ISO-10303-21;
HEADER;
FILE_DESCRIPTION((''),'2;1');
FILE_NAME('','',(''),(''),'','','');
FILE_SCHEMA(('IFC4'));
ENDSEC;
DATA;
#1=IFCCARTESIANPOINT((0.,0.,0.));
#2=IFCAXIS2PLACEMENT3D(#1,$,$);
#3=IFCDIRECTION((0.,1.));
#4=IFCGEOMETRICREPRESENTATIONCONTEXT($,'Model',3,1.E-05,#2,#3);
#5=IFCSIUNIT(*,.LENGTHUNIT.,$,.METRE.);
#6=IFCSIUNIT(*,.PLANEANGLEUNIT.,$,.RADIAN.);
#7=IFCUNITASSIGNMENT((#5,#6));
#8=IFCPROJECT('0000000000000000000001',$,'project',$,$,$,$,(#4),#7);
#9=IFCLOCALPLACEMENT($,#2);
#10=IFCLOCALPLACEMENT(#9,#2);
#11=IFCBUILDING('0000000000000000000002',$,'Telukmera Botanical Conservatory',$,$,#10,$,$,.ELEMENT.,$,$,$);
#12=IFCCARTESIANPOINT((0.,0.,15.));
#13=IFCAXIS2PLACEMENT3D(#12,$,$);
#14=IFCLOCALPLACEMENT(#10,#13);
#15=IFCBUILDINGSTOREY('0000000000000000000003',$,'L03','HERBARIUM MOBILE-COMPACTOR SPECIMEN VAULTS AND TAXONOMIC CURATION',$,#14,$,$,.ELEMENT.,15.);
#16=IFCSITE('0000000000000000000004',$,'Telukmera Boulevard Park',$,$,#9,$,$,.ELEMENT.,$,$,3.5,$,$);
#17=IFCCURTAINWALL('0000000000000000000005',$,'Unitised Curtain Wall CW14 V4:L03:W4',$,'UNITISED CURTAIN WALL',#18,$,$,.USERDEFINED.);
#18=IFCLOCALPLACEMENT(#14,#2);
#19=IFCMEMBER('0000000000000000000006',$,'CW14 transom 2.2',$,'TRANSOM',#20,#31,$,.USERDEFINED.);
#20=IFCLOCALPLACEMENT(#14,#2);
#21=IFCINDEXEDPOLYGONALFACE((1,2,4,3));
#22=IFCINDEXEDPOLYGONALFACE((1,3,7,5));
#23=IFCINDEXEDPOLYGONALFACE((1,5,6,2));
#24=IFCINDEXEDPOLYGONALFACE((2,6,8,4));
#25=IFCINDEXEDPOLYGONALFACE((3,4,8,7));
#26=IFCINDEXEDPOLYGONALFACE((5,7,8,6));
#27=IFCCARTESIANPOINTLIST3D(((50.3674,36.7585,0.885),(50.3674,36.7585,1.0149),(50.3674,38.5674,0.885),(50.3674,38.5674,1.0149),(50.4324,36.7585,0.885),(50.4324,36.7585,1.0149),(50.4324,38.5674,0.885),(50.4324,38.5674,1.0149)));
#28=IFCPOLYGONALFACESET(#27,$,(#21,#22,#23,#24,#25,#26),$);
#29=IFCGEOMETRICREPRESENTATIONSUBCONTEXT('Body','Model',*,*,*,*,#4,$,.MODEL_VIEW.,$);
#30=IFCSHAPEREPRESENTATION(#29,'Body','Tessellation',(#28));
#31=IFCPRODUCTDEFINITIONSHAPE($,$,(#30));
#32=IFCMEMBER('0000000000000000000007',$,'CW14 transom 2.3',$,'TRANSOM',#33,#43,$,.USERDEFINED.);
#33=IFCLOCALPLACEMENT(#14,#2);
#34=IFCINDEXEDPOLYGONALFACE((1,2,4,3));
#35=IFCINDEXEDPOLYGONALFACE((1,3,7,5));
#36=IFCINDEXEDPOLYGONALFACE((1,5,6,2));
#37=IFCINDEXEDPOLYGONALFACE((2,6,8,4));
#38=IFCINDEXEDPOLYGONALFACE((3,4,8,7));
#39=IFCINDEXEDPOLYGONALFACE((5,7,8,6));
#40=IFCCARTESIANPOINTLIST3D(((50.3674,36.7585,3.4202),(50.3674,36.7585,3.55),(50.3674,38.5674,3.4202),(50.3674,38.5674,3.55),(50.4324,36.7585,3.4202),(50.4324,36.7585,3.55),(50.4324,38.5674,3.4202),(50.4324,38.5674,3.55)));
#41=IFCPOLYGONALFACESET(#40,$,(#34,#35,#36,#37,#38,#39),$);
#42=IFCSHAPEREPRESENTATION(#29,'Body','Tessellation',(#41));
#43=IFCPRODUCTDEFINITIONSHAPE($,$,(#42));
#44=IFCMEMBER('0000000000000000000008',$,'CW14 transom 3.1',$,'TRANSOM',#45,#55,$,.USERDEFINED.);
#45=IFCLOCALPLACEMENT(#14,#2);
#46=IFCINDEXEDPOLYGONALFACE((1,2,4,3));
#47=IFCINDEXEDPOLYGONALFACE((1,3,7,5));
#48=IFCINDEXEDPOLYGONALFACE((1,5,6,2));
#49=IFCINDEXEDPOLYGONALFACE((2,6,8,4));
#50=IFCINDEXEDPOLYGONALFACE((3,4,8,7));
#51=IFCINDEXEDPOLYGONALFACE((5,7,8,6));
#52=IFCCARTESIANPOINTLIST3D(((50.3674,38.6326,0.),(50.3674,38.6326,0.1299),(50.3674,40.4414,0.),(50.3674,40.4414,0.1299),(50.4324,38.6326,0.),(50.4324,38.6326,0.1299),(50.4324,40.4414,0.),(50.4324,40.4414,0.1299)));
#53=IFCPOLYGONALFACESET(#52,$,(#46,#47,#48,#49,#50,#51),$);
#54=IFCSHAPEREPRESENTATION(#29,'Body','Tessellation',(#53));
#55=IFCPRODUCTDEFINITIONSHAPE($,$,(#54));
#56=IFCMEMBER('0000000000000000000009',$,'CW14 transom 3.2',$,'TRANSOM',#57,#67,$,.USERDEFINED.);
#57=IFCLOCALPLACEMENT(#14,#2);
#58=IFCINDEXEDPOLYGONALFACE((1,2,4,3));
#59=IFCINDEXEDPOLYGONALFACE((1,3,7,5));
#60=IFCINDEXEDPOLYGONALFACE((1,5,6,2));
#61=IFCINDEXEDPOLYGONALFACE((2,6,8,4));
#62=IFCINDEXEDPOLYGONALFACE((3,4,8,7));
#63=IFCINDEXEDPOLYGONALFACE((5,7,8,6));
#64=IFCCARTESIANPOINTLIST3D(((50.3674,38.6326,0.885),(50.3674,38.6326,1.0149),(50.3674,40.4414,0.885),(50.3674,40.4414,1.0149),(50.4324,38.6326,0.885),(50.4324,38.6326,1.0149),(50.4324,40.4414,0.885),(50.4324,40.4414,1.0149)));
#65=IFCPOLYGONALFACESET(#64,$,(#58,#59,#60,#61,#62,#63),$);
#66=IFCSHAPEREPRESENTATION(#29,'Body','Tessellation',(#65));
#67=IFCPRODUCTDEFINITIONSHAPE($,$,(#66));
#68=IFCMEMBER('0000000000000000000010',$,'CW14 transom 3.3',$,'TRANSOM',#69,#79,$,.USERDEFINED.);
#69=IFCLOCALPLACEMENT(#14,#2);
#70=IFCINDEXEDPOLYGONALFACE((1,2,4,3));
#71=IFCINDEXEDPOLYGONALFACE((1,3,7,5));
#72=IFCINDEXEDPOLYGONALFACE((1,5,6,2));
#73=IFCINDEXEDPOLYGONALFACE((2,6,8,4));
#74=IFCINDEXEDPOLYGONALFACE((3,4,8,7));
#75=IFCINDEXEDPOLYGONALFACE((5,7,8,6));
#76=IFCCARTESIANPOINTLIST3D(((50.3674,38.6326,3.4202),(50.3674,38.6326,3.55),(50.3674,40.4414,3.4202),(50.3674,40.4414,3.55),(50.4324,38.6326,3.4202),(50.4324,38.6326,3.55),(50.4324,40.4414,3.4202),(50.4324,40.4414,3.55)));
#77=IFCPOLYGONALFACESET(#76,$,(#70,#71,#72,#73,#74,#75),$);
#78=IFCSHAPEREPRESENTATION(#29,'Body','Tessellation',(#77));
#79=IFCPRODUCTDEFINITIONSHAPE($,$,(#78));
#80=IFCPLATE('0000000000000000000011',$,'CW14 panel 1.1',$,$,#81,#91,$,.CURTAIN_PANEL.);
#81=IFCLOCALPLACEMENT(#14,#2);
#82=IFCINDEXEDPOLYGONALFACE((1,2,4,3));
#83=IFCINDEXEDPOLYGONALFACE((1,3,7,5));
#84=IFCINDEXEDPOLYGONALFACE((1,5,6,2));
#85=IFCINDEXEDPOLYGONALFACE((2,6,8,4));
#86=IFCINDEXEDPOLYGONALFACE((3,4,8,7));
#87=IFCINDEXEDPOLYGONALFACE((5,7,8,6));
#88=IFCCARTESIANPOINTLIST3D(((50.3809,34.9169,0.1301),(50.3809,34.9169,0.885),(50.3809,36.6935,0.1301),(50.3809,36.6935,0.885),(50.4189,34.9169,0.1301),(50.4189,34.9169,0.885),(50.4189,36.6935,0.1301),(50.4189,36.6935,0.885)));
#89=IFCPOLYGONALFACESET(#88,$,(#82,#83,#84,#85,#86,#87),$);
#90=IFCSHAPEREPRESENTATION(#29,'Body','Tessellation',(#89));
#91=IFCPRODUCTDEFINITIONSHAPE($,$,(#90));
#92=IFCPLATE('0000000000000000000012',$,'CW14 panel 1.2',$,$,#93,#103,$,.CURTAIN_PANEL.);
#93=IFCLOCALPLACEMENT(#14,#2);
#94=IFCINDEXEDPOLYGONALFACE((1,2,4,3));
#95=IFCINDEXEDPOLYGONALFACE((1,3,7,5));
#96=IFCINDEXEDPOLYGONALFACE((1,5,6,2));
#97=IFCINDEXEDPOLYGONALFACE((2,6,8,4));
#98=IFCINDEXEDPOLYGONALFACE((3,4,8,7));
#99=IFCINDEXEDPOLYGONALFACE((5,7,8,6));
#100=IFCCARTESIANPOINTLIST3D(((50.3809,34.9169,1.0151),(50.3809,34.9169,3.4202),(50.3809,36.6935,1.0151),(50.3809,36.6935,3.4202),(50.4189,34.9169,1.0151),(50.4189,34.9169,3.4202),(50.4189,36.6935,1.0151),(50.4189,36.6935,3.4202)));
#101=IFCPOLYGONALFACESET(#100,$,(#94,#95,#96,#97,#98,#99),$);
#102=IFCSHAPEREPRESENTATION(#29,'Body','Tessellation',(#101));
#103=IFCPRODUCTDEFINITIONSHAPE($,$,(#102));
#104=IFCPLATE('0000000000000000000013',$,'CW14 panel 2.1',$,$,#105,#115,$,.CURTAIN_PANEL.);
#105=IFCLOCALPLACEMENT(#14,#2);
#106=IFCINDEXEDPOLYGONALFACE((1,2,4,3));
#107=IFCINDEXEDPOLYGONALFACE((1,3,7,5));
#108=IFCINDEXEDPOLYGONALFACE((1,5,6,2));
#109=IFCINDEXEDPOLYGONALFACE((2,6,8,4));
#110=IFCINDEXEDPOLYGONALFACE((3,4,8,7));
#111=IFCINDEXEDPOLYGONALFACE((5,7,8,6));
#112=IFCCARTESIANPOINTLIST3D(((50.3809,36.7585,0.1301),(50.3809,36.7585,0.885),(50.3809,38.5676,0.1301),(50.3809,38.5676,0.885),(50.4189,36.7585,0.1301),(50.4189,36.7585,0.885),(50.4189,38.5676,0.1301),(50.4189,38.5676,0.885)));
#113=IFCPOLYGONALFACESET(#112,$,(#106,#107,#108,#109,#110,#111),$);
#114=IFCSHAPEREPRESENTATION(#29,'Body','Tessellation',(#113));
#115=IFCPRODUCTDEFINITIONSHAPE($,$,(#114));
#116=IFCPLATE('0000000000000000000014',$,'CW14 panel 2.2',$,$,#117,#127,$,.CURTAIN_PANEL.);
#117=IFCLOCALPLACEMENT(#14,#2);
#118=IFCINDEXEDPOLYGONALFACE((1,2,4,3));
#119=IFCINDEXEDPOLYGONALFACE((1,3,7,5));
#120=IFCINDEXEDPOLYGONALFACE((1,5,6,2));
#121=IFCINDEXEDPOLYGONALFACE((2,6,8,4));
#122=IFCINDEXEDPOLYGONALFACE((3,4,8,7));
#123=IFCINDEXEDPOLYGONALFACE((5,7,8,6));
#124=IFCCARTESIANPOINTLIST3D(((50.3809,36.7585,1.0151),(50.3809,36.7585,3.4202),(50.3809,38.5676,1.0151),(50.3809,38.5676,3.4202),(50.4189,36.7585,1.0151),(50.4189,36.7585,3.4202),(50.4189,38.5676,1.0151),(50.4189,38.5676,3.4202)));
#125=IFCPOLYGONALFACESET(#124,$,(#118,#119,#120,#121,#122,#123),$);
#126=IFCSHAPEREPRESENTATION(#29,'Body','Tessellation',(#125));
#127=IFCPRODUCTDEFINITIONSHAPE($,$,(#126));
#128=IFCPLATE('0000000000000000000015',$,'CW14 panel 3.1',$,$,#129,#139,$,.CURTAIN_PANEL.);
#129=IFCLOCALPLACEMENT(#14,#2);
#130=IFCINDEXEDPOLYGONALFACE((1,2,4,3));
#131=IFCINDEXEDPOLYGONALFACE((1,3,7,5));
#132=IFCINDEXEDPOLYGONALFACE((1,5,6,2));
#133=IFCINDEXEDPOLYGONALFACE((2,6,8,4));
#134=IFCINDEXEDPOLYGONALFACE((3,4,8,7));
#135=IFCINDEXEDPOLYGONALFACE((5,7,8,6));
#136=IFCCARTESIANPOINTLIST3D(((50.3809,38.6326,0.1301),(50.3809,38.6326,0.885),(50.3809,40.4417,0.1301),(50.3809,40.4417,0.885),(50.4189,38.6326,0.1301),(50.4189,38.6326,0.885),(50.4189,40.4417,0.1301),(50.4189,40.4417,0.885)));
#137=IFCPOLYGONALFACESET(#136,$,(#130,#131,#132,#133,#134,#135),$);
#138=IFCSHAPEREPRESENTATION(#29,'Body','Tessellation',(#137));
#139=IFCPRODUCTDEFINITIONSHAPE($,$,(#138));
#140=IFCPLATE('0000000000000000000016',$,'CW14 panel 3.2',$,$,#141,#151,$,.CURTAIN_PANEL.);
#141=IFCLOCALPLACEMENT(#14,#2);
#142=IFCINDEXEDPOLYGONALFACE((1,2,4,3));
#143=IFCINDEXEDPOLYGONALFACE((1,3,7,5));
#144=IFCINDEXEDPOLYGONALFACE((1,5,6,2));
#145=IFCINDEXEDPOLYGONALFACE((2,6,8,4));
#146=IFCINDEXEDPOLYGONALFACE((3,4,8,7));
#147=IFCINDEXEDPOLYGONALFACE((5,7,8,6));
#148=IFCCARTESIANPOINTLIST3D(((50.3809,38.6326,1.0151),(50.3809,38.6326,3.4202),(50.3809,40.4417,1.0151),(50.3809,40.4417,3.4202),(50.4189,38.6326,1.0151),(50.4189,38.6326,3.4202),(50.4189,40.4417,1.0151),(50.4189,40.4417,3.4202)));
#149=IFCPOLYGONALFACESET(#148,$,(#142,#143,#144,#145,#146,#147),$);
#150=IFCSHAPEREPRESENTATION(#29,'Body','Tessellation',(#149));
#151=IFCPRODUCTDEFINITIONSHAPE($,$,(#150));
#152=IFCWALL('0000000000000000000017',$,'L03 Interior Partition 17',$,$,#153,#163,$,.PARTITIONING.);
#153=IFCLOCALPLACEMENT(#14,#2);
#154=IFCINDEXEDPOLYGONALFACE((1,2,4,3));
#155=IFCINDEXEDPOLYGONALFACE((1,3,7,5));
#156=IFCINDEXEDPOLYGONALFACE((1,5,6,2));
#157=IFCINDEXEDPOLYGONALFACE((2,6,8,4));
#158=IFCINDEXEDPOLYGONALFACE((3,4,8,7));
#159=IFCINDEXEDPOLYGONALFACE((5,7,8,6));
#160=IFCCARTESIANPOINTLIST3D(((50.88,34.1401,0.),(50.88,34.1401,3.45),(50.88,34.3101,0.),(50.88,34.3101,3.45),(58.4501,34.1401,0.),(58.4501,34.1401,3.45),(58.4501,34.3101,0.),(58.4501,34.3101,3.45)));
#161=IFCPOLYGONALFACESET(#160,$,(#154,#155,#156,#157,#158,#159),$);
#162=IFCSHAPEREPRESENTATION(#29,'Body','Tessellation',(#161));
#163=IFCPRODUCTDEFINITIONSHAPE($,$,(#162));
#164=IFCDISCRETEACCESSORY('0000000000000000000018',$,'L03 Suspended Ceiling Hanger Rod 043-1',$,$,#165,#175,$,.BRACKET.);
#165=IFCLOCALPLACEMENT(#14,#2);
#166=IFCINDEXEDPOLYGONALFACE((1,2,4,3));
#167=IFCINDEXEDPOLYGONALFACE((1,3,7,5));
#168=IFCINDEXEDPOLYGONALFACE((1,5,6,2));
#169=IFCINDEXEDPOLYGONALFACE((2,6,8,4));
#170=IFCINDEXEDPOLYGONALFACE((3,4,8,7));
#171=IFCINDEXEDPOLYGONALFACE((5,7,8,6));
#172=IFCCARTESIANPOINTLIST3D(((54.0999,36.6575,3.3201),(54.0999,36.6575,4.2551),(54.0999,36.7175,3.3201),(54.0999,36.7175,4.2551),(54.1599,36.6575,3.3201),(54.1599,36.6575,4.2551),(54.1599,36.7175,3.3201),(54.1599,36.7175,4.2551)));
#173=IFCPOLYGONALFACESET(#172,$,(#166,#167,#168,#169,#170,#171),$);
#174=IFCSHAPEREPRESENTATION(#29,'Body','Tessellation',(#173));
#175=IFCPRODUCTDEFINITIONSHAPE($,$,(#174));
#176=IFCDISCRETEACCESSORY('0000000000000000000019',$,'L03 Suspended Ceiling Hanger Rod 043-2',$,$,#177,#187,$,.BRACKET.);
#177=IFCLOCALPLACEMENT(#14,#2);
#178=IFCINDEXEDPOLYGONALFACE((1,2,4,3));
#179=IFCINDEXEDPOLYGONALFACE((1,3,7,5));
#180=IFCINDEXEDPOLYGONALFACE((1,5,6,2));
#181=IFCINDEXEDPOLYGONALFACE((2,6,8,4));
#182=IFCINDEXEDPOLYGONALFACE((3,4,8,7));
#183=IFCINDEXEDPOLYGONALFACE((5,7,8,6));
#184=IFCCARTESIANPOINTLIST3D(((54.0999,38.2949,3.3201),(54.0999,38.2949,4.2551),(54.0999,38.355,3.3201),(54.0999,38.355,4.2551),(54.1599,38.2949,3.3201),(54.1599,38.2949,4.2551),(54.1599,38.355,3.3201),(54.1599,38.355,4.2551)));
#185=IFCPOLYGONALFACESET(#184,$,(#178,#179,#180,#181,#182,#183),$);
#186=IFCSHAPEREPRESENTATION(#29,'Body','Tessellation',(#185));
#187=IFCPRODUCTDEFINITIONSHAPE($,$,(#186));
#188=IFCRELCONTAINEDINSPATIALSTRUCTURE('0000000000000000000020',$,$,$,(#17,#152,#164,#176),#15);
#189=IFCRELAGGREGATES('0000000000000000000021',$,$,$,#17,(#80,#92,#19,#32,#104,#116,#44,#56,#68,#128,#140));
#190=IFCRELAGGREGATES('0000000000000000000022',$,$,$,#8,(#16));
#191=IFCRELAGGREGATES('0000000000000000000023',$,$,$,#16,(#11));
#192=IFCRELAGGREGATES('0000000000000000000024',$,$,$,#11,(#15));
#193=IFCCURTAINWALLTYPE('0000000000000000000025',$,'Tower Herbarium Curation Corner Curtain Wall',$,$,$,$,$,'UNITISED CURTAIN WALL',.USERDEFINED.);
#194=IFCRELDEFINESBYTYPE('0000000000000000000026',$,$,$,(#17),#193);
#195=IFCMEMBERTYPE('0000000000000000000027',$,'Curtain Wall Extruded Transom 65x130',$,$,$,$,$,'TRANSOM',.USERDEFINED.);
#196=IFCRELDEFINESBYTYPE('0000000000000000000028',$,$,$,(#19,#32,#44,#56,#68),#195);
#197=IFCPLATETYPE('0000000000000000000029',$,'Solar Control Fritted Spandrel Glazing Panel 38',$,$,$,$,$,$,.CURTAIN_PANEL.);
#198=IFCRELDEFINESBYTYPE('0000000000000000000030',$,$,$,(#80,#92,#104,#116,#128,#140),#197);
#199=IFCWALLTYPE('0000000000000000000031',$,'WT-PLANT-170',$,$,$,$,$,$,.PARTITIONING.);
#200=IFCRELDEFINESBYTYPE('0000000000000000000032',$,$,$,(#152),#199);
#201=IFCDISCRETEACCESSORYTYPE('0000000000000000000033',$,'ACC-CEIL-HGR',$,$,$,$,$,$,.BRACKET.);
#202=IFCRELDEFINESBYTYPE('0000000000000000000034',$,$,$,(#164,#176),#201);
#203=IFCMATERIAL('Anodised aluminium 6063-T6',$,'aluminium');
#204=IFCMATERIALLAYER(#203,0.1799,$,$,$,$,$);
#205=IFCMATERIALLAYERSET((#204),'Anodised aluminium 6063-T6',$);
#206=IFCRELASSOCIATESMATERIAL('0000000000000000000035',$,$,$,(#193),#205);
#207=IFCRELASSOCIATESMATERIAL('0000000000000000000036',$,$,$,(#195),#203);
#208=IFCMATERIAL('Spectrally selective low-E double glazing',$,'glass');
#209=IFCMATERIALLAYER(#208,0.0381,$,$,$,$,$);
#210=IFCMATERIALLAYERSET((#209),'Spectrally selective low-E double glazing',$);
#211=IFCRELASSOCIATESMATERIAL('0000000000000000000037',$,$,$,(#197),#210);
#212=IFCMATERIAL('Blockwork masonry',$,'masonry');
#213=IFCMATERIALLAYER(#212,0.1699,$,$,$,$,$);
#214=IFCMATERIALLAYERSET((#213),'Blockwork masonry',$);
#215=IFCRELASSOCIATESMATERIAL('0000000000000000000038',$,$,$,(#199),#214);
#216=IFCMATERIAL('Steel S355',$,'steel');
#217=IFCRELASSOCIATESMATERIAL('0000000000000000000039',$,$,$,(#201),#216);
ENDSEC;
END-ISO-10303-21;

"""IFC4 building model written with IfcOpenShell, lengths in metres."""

from ifc_helpers import new_model, si_unit, direction, frame, frame_2d, origin, origin_2d, place, context, subcontext, project, spatial, rectangle, extrude, material, layer, layer_set, material_profile, profile_set, type_object, element, aggregate, save


model = new_model("IFC4")

# Units and contexts
model_context = context("Model", 3, precision=1e-05, world=origin(), true_north=direction((0.0, 1.0)))
body_context = subcontext(model_context, "Body", "Model", "MODEL_VIEW")
ifc_project = project(units=[si_unit("LENGTHUNIT", "METRE"), si_unit("PLANEANGLEUNIT", "RADIAN")], contexts=[model_context])

# Site, building, storey
site_placement = place(None, origin())
site = spatial("IfcSite", under=ifc_project, at=site_placement, Name="Telukmera Boulevard Park", CompositionType="ELEMENT", RefElevation=3.5)
building_placement = place(site_placement, origin())
building = spatial("IfcBuilding", under=site, at=building_placement, Name="Telukmera Botanical Conservatory", CompositionType="ELEMENT")
storey_placement = place(building_placement, frame((0.0, 0.0, 15.0)))
storey = spatial("IfcBuildingStorey", under=building, at=storey_placement, Name="L03", Description="HERBARIUM MOBILE-COMPACTOR SPECIMEN VAULTS AND TAXONOMIC CURATION", CompositionType="ELEMENT", Elevation=15.0)

# Curtain wall, members, plates
ifc_material_1 = material(Name="Anodised aluminium 6063-T6", Category="aluminium")
ifc_layer_1 = layer(ifc_material_1, 0.1799)
ifc_layer_set_1 = layer_set([ifc_layer_1], Name="Anodised aluminium 6063-T6")
curtain_wall_type = type_object("IfcCurtainWallType", Name="Tower Herbarium Curation Corner Curtain Wall", ElementType="UNITISED CURTAIN WALL", PredefinedType="USERDEFINED", material=ifc_layer_set_1)
curtain_wall_placement = place(storey_placement, origin())
curtain_wall = element("IfcCurtainWall", 1, at=curtain_wall_placement, inside=storey, type_object=curtain_wall_type, Name="Unitised Curtain Wall CW14 V4:L03:W4", ObjectType="UNITISED CURTAIN WALL", PredefinedType="USERDEFINED")
ifc_material_profile_1 = material_profile(ifc_material_1, rectangle(XDim=0.0649, YDim=0.1299, at=origin_2d()), Name="ALU TRAN 65x130")
ifc_profile_set_1 = profile_set([ifc_material_profile_1], Name="Anodised aluminium 6063-T6")
member_type_1 = type_object("IfcMemberType", Name="Curtain Wall Extruded Transom 65x130", ElementType="TRANSOM", PredefinedType="USERDEFINED", material=ifc_profile_set_1)
member_1_placement = place(storey_placement, frame((50.3999, 36.7585, 0.95), z_axis=(0.0, 1.0, 0.0), x_axis=(-1.0, 0.0, 0.0)))
member_1 = element("IfcMember", 2, at=member_1_placement, type_object=member_type_1, Name="CW14 transom 2.2", ObjectType="TRANSOM", PredefinedType="USERDEFINED", context=body_context, shape_type="SweptSolid", body=[
    extrude(rectangle(XDim=0.0649, YDim=0.1299, at=origin_2d()), origin(), (0.0, 0.0, 1.0), 1.8088),
])
member_2_placement = place(storey_placement, frame((50.3999, 36.7585, 3.4851), z_axis=(0.0, 1.0, 0.0), x_axis=(-1.0, 0.0, 0.0)))
member_2 = element("IfcMember", 3, at=member_2_placement, type_object=member_type_1, Name="CW14 transom 2.3", ObjectType="TRANSOM", PredefinedType="USERDEFINED", context=body_context, shape_type="SweptSolid", body=[
    extrude(rectangle(XDim=0.0649, YDim=0.1299, at=origin_2d()), origin(), (0.0, 0.0, 1.0), 1.8088),
])
member_3_placement = place(storey_placement, frame((50.3999, 38.6326, 0.0649), z_axis=(0.0, 1.0, 0.0), x_axis=(-1.0, 0.0, 0.0)))
member_3 = element("IfcMember", 4, at=member_3_placement, type_object=member_type_1, Name="CW14 transom 3.1", ObjectType="TRANSOM", PredefinedType="USERDEFINED", context=body_context, shape_type="SweptSolid", body=[
    extrude(rectangle(XDim=0.0649, YDim=0.1299, at=origin_2d()), origin(), (0.0, 0.0, 1.0), 1.8088),
])
member_4_placement = place(storey_placement, frame((50.3999, 38.6326, 0.95), z_axis=(0.0, 1.0, 0.0), x_axis=(-1.0, 0.0, 0.0)))
member_4 = element("IfcMember", 5, at=member_4_placement, type_object=member_type_1, Name="CW14 transom 3.2", ObjectType="TRANSOM", PredefinedType="USERDEFINED", context=body_context, shape_type="SweptSolid", body=[
    extrude(rectangle(XDim=0.0649, YDim=0.1299, at=origin_2d()), origin(), (0.0, 0.0, 1.0), 1.8088),
])
member_5_placement = place(storey_placement, frame((50.3999, 38.6326, 3.4851), z_axis=(0.0, 1.0, 0.0), x_axis=(-1.0, 0.0, 0.0)))
member_5 = element("IfcMember", 6, at=member_5_placement, type_object=member_type_1, Name="CW14 transom 3.3", ObjectType="TRANSOM", PredefinedType="USERDEFINED", context=body_context, shape_type="SweptSolid", body=[
    extrude(rectangle(XDim=0.0649, YDim=0.1299, at=origin_2d()), origin(), (0.0, 0.0, 1.0), 1.8088),
])
ifc_material_2 = material(Name="Spectrally selective low-E double glazing", Category="glass")
ifc_layer_2 = layer(ifc_material_2, 0.0381)
ifc_layer_set_2 = layer_set([ifc_layer_2], Name="Spectrally selective low-E double glazing")
plate_type = type_object("IfcPlateType", Name="Solar Control Fritted Spandrel Glazing Panel 38", PredefinedType="CURTAIN_PANEL", material=ifc_layer_set_2)
plate_1_placement = place(storey_placement, frame((50.3999, 35.8052, 0.1301), z_axis=(0.0, 0.0, 1.0), x_axis=(0.0, 1.0, 0.0)))
plate_1 = element("IfcPlate", 7, at=plate_1_placement, type_object=plate_type, Name="CW14 panel 1.1", PredefinedType="CURTAIN_PANEL", context=body_context, shape_type="SweptSolid", body=[
    extrude(rectangle(XDim=1.7766, YDim=0.0381, at=origin_2d()), origin(), (0.0, 0.0, 1.0), 0.7549),
])
plate_2_placement = place(storey_placement, frame((50.3999, 35.8052, 1.0151), z_axis=(0.0, 0.0, 1.0), x_axis=(0.0, 1.0, 0.0)))
plate_2 = element("IfcPlate", 8, at=plate_2_placement, type_object=plate_type, Name="CW14 panel 1.2", PredefinedType="CURTAIN_PANEL", context=body_context, shape_type="SweptSolid", body=[
    extrude(rectangle(XDim=1.7766, YDim=0.0381, at=origin_2d()), origin(), (0.0, 0.0, 1.0), 2.405),
])
plate_3_placement = place(storey_placement, frame((50.3999, 37.6631, 0.1301), z_axis=(0.0, 0.0, 1.0), x_axis=(0.0, 1.0, 0.0)))
plate_3 = element("IfcPlate", 9, at=plate_3_placement, type_object=plate_type, Name="CW14 panel 2.1", PredefinedType="CURTAIN_PANEL", context=body_context, shape_type="SweptSolid", body=[
    extrude(rectangle(XDim=1.8091, YDim=0.0381, at=origin_2d()), origin(), (0.0, 0.0, 1.0), 0.7549),
])
plate_4_placement = place(storey_placement, frame((50.3999, 37.6631, 1.0151), z_axis=(0.0, 0.0, 1.0), x_axis=(0.0, 1.0, 0.0)))
plate_4 = element("IfcPlate", 10, at=plate_4_placement, type_object=plate_type, Name="CW14 panel 2.2", PredefinedType="CURTAIN_PANEL", context=body_context, shape_type="SweptSolid", body=[
    extrude(rectangle(XDim=1.8091, YDim=0.0381, at=origin_2d()), origin(), (0.0, 0.0, 1.0), 2.405),
])
plate_5_placement = place(storey_placement, frame((50.3999, 39.5371, 0.1301), z_axis=(0.0, 0.0, 1.0), x_axis=(0.0, 1.0, 0.0)))
plate_5 = element("IfcPlate", 11, at=plate_5_placement, type_object=plate_type, Name="CW14 panel 3.1", PredefinedType="CURTAIN_PANEL", context=body_context, shape_type="SweptSolid", body=[
    extrude(rectangle(XDim=1.8091, YDim=0.0381, at=origin_2d()), origin(), (0.0, 0.0, 1.0), 0.7549),
])
plate_6_placement = place(storey_placement, frame((50.3999, 39.5371, 1.0151), z_axis=(0.0, 0.0, 1.0), x_axis=(0.0, 1.0, 0.0)))
plate_6 = element("IfcPlate", 12, at=plate_6_placement, type_object=plate_type, Name="CW14 panel 3.2", PredefinedType="CURTAIN_PANEL", context=body_context, shape_type="SweptSolid", body=[
    extrude(rectangle(XDim=1.8091, YDim=0.0381, at=origin_2d()), origin(), (0.0, 0.0, 1.0), 2.405),
])
aggregate(curtain_wall, [plate_1, plate_2, member_1, member_2, plate_3, plate_4, member_3, member_4, member_5, plate_5, plate_6])

# Wall
ifc_material_3 = material(Name="Blockwork masonry", Category="masonry")
ifc_layer_3 = layer(ifc_material_3, 0.1699)
ifc_layer_set_3 = layer_set([ifc_layer_3], Name="Blockwork masonry")
wall_type = type_object("IfcWallType", Name="WT-PLANT-170", PredefinedType="PARTITIONING", material=ifc_layer_set_3)
wall_placement = place(storey_placement, frame((50.8799, 34.2251, 0.0), z_axis=(0.0, 0.0, 1.0), x_axis=(1.0, 0.0, 0.0)))
element("IfcWall", 13, at=wall_placement, inside=storey, type_object=wall_type, Name="L03 Interior Partition 17", PredefinedType="PARTITIONING", context=body_context, shape_type="SweptSolid", body=[
    extrude(rectangle(XDim=7.5701, YDim=0.1699, at=frame_2d((3.7852, 0.0))), origin(), (0.0, 0.0, 1.0), 3.45),
])

# Discrete accessories
ifc_material_4 = material(Name="Steel S355", Category="steel")
discrete_accessory_type = type_object("IfcDiscreteAccessoryType", Name="ACC-CEIL-HGR", PredefinedType="BRACKET", material=ifc_material_4)
for number, where, z_axis, x_axis, name in (
    (14, (54.1299, 36.6875, 3.3201), (0.0, 0.0, 1.0), (1.0, 0.0, 0.0), "L03 Suspended Ceiling Hanger Rod 043-1"),
    (15, (54.1299, 38.325, 3.3201), (0.0, 0.0, 1.0), (1.0, 0.0, 0.0), "L03 Suspended Ceiling Hanger Rod 043-2"),
):
    element("IfcDiscreteAccessory", number, at=place(storey_placement, frame(where, z_axis=z_axis, x_axis=x_axis)), inside=storey, type_object=discrete_accessory_type, Name=name, PredefinedType="BRACKET", context=body_context, shape_type="SweptSolid", body=[
        extrude(rectangle(XDim=0.0601, YDim=0.0601, at=origin_2d()), origin(), (0.0, 0.0, 1.0), 0.9351),
    ])

save(model, "model.ifc")
